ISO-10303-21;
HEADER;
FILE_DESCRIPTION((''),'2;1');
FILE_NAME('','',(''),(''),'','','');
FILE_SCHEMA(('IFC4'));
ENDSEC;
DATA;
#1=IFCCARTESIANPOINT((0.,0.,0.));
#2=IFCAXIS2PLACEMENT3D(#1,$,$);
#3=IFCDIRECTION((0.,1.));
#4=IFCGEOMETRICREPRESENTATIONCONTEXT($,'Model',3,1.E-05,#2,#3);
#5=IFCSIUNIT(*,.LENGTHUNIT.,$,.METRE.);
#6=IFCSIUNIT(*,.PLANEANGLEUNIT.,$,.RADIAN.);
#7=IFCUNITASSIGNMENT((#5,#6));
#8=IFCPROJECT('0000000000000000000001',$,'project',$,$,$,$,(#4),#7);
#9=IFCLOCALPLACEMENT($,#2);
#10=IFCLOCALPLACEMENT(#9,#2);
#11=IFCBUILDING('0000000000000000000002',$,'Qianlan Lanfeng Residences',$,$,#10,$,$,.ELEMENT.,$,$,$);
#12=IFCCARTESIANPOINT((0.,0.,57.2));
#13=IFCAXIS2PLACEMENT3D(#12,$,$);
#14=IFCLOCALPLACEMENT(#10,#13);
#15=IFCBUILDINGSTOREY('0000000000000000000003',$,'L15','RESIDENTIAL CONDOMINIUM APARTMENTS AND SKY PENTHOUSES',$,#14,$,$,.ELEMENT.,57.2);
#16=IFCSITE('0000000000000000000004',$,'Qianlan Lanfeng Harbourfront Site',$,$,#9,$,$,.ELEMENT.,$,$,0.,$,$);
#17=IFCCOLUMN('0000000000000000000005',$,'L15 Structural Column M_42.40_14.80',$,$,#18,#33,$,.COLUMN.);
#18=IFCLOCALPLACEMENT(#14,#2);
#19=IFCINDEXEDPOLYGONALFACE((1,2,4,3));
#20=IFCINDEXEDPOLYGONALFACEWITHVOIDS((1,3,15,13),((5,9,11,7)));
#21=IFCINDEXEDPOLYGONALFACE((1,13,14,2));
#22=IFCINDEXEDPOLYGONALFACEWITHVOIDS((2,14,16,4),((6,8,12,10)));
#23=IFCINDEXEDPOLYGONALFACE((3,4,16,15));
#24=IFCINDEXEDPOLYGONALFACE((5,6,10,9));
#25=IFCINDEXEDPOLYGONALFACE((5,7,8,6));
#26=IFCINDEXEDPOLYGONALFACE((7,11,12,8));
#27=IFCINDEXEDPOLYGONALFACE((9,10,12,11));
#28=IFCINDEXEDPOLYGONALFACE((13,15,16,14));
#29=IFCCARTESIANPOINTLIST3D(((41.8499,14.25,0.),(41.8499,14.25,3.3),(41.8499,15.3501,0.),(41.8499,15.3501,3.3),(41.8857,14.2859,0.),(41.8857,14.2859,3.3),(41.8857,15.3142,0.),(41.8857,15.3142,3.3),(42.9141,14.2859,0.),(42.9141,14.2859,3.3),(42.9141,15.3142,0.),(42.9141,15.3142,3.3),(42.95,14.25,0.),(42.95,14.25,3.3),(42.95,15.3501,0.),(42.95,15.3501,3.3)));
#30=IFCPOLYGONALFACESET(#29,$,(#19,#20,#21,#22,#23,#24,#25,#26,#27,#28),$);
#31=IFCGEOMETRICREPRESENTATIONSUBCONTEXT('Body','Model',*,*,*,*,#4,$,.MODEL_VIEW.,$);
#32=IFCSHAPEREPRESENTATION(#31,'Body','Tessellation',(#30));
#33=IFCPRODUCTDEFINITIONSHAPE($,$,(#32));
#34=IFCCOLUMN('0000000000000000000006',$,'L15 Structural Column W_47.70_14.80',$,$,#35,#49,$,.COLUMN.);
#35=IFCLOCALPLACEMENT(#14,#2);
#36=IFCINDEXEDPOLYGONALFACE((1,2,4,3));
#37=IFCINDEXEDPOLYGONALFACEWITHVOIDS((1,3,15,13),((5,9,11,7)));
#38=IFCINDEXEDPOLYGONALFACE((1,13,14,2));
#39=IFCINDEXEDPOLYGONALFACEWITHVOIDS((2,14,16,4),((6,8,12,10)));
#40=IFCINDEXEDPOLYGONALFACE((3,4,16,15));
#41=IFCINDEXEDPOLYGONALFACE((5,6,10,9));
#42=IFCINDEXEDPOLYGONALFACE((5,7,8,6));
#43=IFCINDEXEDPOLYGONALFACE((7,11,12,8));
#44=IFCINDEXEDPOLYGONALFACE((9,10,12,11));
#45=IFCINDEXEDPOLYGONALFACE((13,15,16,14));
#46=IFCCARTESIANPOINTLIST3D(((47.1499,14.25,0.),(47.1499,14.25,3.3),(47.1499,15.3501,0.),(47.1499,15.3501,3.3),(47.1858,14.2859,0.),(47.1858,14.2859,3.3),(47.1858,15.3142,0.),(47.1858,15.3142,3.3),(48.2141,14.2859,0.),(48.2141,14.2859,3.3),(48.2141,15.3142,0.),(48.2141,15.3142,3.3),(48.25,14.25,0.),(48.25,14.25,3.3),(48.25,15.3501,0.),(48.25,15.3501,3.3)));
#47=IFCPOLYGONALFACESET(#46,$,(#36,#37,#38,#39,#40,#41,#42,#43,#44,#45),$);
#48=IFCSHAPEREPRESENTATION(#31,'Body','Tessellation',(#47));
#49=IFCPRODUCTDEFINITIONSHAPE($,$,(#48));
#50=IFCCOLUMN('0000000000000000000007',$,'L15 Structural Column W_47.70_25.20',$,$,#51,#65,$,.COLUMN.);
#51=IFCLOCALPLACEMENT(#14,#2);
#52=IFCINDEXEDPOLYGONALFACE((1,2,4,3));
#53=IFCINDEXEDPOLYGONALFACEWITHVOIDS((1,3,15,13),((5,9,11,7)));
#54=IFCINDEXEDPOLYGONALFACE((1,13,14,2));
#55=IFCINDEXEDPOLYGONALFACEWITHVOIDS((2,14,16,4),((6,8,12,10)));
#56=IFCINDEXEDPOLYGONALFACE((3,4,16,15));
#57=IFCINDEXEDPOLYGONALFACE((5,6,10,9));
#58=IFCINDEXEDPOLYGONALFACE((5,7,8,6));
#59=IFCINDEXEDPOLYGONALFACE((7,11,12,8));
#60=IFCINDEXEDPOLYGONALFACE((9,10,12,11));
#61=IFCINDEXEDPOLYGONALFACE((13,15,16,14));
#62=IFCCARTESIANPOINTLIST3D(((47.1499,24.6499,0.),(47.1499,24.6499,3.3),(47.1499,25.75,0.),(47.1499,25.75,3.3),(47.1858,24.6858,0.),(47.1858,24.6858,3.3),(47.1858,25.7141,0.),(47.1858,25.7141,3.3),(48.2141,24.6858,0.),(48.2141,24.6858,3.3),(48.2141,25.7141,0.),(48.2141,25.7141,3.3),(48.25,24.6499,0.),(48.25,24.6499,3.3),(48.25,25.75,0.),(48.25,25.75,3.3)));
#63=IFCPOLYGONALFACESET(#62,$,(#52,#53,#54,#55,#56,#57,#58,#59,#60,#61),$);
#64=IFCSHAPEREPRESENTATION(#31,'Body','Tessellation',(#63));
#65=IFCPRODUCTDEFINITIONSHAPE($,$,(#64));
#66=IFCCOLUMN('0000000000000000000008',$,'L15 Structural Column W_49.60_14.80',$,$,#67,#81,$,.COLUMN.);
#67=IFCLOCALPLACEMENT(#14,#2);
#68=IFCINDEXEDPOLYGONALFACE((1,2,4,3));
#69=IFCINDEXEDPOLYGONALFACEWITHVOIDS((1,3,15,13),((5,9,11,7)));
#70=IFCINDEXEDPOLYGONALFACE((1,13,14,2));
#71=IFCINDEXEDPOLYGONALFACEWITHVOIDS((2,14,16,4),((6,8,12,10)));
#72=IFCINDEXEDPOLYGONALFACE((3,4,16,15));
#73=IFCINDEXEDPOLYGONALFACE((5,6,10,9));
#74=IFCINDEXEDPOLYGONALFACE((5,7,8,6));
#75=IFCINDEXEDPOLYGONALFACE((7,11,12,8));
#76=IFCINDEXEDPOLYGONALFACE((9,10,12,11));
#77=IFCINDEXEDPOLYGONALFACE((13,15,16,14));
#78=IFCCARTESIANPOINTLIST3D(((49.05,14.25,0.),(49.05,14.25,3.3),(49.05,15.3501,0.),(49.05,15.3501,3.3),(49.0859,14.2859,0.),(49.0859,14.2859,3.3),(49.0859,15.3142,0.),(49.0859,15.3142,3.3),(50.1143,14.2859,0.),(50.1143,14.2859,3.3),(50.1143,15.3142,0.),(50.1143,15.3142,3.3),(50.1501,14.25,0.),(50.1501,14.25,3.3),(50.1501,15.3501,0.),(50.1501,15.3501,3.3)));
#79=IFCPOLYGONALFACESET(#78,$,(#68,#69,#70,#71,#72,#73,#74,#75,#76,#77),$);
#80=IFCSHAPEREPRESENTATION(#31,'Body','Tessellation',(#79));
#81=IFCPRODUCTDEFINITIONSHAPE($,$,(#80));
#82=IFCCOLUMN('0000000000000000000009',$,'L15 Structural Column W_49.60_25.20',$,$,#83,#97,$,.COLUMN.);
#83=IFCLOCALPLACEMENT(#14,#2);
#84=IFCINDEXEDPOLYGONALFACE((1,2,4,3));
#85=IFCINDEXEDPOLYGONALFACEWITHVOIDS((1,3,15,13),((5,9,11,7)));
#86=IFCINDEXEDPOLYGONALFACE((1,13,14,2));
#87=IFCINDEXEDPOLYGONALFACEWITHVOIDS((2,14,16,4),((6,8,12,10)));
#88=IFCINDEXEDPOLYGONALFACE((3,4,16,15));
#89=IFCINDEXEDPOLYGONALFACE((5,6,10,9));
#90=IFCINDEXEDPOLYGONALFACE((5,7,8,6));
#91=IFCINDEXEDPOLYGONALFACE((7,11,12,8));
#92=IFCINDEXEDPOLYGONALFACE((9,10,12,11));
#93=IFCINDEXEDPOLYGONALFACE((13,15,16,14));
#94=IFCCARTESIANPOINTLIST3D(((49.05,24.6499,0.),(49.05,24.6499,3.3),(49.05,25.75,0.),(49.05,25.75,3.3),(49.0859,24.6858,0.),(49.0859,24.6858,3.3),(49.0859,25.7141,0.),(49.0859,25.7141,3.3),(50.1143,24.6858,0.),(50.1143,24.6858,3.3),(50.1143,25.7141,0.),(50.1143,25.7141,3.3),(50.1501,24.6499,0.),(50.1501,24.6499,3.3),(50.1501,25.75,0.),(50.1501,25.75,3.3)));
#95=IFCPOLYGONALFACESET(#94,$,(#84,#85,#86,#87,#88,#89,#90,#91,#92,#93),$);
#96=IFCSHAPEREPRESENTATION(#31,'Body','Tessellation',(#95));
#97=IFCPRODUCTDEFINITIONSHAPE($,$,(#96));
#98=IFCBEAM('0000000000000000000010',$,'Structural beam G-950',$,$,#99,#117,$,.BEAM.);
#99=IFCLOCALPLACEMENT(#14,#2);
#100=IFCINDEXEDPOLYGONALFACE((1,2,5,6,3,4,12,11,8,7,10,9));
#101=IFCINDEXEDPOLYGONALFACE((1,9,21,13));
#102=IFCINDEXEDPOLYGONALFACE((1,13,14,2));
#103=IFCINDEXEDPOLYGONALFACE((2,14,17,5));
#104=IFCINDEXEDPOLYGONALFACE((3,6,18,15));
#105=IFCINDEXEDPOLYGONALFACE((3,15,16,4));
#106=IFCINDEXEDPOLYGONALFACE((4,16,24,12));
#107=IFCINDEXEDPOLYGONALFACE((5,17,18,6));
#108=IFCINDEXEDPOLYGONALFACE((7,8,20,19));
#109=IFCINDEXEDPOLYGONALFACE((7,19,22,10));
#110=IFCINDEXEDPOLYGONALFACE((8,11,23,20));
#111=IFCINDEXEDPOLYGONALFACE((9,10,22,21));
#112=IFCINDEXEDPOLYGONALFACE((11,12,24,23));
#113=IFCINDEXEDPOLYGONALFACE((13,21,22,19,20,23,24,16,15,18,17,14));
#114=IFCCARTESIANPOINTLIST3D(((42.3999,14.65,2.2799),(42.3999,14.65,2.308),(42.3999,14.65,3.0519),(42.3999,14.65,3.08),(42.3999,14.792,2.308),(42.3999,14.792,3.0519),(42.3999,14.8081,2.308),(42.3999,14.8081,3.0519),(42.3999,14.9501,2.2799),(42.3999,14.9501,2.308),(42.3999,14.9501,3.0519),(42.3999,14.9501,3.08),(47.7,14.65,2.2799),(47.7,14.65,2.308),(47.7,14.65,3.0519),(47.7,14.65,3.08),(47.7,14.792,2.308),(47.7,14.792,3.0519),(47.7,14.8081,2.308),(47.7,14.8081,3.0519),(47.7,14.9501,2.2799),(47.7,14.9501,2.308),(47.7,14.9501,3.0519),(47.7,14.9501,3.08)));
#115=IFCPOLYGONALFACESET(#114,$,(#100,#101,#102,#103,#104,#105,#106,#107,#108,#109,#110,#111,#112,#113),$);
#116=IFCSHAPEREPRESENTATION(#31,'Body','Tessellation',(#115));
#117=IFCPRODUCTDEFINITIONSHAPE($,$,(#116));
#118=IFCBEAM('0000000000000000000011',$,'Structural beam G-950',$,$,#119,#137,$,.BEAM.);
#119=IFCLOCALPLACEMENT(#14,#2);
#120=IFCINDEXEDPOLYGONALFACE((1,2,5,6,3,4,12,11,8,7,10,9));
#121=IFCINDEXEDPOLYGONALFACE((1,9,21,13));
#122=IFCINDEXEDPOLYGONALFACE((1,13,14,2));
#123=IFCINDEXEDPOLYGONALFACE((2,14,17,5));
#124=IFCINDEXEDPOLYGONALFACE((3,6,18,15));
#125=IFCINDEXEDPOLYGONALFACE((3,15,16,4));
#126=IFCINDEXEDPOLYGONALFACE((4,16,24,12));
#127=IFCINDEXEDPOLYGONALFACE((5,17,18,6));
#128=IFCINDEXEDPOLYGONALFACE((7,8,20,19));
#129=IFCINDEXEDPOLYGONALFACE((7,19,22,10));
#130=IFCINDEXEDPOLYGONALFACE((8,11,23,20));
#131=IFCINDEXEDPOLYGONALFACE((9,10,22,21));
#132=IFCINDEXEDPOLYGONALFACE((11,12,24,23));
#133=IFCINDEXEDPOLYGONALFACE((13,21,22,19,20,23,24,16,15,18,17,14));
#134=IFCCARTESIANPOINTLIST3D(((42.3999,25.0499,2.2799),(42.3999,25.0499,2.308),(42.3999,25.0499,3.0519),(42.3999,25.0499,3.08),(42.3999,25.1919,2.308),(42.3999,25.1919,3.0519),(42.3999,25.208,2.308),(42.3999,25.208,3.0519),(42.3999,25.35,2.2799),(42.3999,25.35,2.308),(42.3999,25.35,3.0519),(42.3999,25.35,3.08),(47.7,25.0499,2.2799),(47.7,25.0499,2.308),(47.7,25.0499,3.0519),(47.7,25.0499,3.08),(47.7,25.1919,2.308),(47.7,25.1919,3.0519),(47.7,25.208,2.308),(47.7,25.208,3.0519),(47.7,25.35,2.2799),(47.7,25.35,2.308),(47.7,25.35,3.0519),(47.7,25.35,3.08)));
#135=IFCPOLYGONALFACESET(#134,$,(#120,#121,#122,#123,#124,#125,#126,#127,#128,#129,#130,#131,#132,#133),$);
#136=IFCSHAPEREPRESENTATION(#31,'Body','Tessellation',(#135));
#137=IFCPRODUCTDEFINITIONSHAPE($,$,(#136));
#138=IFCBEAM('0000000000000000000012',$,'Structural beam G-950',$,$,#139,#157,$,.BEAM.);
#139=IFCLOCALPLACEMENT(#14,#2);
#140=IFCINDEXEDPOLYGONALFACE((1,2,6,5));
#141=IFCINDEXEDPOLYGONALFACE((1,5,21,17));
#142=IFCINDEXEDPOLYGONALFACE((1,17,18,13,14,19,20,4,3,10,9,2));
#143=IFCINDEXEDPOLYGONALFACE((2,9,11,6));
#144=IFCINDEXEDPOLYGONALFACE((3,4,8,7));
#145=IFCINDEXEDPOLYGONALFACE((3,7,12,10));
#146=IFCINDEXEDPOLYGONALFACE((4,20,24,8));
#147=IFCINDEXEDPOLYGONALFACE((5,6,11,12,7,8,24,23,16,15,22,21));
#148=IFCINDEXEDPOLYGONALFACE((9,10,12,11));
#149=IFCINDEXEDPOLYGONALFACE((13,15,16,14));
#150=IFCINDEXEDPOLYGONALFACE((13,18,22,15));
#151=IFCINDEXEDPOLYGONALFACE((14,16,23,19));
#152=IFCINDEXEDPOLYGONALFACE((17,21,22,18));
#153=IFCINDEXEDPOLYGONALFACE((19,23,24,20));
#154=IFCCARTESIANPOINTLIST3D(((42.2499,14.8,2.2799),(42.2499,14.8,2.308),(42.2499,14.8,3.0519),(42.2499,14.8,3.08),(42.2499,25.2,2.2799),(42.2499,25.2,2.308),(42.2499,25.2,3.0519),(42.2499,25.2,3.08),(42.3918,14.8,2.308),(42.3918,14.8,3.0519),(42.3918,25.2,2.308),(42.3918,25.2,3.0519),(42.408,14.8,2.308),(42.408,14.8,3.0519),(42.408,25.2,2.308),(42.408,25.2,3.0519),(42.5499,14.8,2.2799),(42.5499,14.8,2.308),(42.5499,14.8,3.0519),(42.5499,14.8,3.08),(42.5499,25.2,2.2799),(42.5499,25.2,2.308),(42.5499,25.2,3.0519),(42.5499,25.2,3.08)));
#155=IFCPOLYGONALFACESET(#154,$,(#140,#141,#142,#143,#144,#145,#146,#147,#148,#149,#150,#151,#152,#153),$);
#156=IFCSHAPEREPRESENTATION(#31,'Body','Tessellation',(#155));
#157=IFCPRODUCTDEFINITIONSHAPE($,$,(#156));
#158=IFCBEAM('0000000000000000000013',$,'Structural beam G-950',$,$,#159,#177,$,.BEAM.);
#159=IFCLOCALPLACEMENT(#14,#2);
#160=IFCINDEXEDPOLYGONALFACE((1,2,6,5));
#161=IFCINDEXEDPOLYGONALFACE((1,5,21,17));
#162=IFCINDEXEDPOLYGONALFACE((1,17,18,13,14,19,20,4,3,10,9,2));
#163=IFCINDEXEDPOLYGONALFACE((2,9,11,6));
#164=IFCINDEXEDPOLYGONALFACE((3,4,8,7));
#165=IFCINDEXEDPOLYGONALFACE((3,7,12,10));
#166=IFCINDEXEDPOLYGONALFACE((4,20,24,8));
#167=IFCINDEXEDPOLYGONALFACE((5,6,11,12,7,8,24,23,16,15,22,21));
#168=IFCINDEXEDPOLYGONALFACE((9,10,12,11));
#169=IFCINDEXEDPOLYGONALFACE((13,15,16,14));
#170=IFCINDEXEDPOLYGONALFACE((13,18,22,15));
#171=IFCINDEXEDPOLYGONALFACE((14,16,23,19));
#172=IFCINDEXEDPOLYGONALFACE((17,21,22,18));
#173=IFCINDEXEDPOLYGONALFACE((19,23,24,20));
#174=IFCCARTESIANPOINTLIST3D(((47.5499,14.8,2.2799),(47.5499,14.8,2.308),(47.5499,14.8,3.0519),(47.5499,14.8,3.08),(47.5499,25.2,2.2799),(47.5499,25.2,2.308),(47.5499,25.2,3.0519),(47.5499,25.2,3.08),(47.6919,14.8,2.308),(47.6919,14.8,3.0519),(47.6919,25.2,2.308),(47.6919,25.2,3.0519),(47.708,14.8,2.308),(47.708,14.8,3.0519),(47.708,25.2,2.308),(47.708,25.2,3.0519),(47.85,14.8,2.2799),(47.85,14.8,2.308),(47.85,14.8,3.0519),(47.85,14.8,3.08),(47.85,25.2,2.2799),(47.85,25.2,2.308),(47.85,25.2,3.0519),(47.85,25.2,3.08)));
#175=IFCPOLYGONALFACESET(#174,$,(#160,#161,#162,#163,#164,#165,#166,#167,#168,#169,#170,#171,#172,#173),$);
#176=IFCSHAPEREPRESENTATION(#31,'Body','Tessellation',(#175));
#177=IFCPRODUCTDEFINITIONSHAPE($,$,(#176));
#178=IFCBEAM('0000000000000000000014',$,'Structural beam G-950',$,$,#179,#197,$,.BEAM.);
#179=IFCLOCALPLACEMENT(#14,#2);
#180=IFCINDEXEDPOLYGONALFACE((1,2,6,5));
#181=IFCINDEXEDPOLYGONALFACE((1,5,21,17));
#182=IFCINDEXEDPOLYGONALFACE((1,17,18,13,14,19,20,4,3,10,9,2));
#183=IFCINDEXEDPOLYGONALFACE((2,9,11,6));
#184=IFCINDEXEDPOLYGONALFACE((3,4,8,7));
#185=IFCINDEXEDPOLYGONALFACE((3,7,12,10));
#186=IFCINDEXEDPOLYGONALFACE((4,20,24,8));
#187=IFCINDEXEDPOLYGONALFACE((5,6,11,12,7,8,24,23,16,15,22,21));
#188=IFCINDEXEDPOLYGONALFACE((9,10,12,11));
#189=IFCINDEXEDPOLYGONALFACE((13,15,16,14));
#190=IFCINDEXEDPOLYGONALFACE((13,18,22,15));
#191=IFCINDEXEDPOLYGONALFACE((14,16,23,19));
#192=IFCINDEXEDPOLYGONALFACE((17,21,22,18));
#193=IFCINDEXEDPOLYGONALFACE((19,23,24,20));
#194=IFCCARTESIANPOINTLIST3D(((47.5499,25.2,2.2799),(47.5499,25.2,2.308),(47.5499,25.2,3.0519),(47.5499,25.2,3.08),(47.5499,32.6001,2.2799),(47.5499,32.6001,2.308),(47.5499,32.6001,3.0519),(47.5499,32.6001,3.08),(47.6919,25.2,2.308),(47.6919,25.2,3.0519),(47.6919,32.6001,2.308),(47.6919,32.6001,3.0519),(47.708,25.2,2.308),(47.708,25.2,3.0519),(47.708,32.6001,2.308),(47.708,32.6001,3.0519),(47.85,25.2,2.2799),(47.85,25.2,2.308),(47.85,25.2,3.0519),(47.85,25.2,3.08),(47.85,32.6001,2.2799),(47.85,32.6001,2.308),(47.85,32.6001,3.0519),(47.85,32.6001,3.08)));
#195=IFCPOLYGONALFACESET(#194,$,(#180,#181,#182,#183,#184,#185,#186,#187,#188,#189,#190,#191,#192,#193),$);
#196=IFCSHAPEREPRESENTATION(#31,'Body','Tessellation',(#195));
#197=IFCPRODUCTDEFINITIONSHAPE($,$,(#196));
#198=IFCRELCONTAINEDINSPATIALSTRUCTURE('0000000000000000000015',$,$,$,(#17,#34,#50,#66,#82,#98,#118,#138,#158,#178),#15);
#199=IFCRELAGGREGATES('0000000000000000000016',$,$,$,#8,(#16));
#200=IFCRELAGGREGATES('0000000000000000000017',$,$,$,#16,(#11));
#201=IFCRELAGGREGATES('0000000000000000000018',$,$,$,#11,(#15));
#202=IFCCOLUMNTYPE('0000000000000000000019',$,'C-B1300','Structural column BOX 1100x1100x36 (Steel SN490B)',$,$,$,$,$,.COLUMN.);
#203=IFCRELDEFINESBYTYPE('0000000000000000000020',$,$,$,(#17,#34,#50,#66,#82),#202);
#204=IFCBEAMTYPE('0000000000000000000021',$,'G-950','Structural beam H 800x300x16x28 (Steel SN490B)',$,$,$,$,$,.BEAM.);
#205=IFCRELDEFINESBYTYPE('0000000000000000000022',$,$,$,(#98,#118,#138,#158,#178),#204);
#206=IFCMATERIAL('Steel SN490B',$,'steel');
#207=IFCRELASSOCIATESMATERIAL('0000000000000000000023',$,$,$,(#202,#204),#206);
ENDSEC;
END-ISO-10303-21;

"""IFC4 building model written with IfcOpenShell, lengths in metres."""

from ifc_helpers import new_model, si_unit, direction, frame, origin, origin_2d, place, context, subcontext, project, spatial, hollow_rectangle, i_section, extrude, material, material_profile, profile_set, type_object, element, save


model = new_model("IFC4")

# Units and contexts
model_context = context("Model", 3, precision=1e-05, world=origin(), true_north=direction((0.0, 1.0)))
body_context = subcontext(model_context, "Body", "Model", "MODEL_VIEW")
ifc_project = project(units=[si_unit("LENGTHUNIT", "METRE"), si_unit("PLANEANGLEUNIT", "RADIAN")], contexts=[model_context])

# Site, building, storey
site_placement = place(None, origin())
site = spatial("IfcSite", under=ifc_project, at=site_placement, Name="Qianlan Lanfeng Harbourfront Site", CompositionType="ELEMENT", RefElevation=0.0)
building_placement = place(site_placement, origin())
building = spatial("IfcBuilding", under=site, at=building_placement, Name="Qianlan Lanfeng Residences", CompositionType="ELEMENT")
storey_placement = place(building_placement, frame((0.0, 0.0, 57.2)))
storey = spatial("IfcBuildingStorey", under=building, at=storey_placement, Name="L15", Description="RESIDENTIAL CONDOMINIUM APARTMENTS AND SKY PENTHOUSES", CompositionType="ELEMENT", Elevation=57.2)

# Columns
ifc_material_1 = material(Name="Steel SN490B", Category="steel")
ifc_material_profile_1 = material_profile(ifc_material_1, hollow_rectangle(XDim=1.1001, YDim=1.1001, WallThickness=0.0359, at=origin_2d()), Name="BOX 1100x1100x36")
ifc_profile_set_1 = profile_set([ifc_material_profile_1], Name="Steel SN490B")
column_type = type_object("IfcColumnType", Name="C-B1300", Description="Structural column BOX 1100x1100x36 (Steel SN490B)", PredefinedType="COLUMN", material=ifc_profile_set_1)
for number, where, z_axis, x_axis, name in (
    (1, (42.3999, 14.8, 0.0), (0.0, 0.0, 1.0), (1.0, 0.0, 0.0), "L15 Structural Column M_42.40_14.80"),
    (2, (47.7, 14.8, 0.0), (0.0, 0.0, 1.0), (1.0, 0.0, 0.0), "L15 Structural Column W_47.70_14.80"),
    (3, (47.7, 25.2, 0.0), (0.0, 0.0, 1.0), (1.0, 0.0, 0.0), "L15 Structural Column W_47.70_25.20"),
    (4, (49.6001, 14.8, 0.0), (0.0, 0.0, 1.0), (1.0, 0.0, 0.0), "L15 Structural Column W_49.60_14.80"),
    (5, (49.6001, 25.2, 0.0), (0.0, 0.0, 1.0), (1.0, 0.0, 0.0), "L15 Structural Column W_49.60_25.20"),
):
    element("IfcColumn", number, at=place(storey_placement, frame(where, z_axis=z_axis, x_axis=x_axis)), inside=storey, type_object=column_type, Name=name, PredefinedType="COLUMN", context=body_context, shape_type="SweptSolid", body=[
        extrude(hollow_rectangle(XDim=1.1001, YDim=1.1001, WallThickness=0.0359, at=origin_2d()), origin(), (0.0, 0.0, 1.0), 3.3),
    ])

# Beams
ifc_material_profile_2 = material_profile(ifc_material_1, i_section(OverallWidth=0.3, OverallDepth=0.8, WebThickness=0.0161, FlangeThickness=0.0281, at=origin_2d()), Name="H 800x300x16x28")
ifc_profile_set_2 = profile_set([ifc_material_profile_2], Name="Steel SN490B")
beam_type_1 = type_object("IfcBeamType", Name="G-950", Description="Structural beam H 800x300x16x28 (Steel SN490B)", PredefinedType="BEAM", material=ifc_profile_set_2)
for number, where, z_axis, x_axis, name in (
    (6, (42.3999, 14.8, 2.6799), (1.0, 0.0, 0.0), (0.0, 1.0, 0.0), "Structural beam G-950"),
    (7, (42.3999, 25.2, 2.6799), (1.0, 0.0, 0.0), (0.0, 1.0, 0.0), "Structural beam G-950"),
):
    element("IfcBeam", number, at=place(storey_placement, frame(where, z_axis=z_axis, x_axis=x_axis)), inside=storey, type_object=beam_type_1, Name=name, PredefinedType="BEAM", context=body_context, shape_type="SweptSolid", body=[
        extrude(i_section(OverallWidth=0.3, OverallDepth=0.8, WebThickness=0.0161, FlangeThickness=0.0281, at=origin_2d()), origin(), (0.0, 0.0, 1.0), 5.3),
    ])
for number, where, z_axis, x_axis, name in (
    (8, (42.3999, 14.8, 2.6799), (0.0, 1.0, 0.0), (-1.0, 0.0, 0.0), "Structural beam G-950"),
    (9, (47.7, 14.8, 2.6799), (0.0, 1.0, 0.0), (-1.0, 0.0, 0.0), "Structural beam G-950"),
):
    element("IfcBeam", number, at=place(storey_placement, frame(where, z_axis=z_axis, x_axis=x_axis)), inside=storey, type_object=beam_type_1, Name=name, PredefinedType="BEAM", context=body_context, shape_type="SweptSolid", body=[
        extrude(i_section(OverallWidth=0.3, OverallDepth=0.8, WebThickness=0.0161, FlangeThickness=0.0281, at=origin_2d()), origin(), (0.0, 0.0, 1.0), 10.3999),
    ])
beam_1_placement = place(storey_placement, frame((47.7, 25.2, 2.6799), z_axis=(0.0, 1.0, 0.0), x_axis=(-1.0, 0.0, 0.0)))
element("IfcBeam", 10, at=beam_1_placement, inside=storey, type_object=beam_type_1, Name="Structural beam G-950", PredefinedType="BEAM", context=body_context, shape_type="SweptSolid", body=[
    extrude(i_section(OverallWidth=0.3, OverallDepth=0.8, WebThickness=0.0161, FlangeThickness=0.0281, at=origin_2d()), origin(), (0.0, 0.0, 1.0), 7.4001),
])

save(model, "model.ifc")
